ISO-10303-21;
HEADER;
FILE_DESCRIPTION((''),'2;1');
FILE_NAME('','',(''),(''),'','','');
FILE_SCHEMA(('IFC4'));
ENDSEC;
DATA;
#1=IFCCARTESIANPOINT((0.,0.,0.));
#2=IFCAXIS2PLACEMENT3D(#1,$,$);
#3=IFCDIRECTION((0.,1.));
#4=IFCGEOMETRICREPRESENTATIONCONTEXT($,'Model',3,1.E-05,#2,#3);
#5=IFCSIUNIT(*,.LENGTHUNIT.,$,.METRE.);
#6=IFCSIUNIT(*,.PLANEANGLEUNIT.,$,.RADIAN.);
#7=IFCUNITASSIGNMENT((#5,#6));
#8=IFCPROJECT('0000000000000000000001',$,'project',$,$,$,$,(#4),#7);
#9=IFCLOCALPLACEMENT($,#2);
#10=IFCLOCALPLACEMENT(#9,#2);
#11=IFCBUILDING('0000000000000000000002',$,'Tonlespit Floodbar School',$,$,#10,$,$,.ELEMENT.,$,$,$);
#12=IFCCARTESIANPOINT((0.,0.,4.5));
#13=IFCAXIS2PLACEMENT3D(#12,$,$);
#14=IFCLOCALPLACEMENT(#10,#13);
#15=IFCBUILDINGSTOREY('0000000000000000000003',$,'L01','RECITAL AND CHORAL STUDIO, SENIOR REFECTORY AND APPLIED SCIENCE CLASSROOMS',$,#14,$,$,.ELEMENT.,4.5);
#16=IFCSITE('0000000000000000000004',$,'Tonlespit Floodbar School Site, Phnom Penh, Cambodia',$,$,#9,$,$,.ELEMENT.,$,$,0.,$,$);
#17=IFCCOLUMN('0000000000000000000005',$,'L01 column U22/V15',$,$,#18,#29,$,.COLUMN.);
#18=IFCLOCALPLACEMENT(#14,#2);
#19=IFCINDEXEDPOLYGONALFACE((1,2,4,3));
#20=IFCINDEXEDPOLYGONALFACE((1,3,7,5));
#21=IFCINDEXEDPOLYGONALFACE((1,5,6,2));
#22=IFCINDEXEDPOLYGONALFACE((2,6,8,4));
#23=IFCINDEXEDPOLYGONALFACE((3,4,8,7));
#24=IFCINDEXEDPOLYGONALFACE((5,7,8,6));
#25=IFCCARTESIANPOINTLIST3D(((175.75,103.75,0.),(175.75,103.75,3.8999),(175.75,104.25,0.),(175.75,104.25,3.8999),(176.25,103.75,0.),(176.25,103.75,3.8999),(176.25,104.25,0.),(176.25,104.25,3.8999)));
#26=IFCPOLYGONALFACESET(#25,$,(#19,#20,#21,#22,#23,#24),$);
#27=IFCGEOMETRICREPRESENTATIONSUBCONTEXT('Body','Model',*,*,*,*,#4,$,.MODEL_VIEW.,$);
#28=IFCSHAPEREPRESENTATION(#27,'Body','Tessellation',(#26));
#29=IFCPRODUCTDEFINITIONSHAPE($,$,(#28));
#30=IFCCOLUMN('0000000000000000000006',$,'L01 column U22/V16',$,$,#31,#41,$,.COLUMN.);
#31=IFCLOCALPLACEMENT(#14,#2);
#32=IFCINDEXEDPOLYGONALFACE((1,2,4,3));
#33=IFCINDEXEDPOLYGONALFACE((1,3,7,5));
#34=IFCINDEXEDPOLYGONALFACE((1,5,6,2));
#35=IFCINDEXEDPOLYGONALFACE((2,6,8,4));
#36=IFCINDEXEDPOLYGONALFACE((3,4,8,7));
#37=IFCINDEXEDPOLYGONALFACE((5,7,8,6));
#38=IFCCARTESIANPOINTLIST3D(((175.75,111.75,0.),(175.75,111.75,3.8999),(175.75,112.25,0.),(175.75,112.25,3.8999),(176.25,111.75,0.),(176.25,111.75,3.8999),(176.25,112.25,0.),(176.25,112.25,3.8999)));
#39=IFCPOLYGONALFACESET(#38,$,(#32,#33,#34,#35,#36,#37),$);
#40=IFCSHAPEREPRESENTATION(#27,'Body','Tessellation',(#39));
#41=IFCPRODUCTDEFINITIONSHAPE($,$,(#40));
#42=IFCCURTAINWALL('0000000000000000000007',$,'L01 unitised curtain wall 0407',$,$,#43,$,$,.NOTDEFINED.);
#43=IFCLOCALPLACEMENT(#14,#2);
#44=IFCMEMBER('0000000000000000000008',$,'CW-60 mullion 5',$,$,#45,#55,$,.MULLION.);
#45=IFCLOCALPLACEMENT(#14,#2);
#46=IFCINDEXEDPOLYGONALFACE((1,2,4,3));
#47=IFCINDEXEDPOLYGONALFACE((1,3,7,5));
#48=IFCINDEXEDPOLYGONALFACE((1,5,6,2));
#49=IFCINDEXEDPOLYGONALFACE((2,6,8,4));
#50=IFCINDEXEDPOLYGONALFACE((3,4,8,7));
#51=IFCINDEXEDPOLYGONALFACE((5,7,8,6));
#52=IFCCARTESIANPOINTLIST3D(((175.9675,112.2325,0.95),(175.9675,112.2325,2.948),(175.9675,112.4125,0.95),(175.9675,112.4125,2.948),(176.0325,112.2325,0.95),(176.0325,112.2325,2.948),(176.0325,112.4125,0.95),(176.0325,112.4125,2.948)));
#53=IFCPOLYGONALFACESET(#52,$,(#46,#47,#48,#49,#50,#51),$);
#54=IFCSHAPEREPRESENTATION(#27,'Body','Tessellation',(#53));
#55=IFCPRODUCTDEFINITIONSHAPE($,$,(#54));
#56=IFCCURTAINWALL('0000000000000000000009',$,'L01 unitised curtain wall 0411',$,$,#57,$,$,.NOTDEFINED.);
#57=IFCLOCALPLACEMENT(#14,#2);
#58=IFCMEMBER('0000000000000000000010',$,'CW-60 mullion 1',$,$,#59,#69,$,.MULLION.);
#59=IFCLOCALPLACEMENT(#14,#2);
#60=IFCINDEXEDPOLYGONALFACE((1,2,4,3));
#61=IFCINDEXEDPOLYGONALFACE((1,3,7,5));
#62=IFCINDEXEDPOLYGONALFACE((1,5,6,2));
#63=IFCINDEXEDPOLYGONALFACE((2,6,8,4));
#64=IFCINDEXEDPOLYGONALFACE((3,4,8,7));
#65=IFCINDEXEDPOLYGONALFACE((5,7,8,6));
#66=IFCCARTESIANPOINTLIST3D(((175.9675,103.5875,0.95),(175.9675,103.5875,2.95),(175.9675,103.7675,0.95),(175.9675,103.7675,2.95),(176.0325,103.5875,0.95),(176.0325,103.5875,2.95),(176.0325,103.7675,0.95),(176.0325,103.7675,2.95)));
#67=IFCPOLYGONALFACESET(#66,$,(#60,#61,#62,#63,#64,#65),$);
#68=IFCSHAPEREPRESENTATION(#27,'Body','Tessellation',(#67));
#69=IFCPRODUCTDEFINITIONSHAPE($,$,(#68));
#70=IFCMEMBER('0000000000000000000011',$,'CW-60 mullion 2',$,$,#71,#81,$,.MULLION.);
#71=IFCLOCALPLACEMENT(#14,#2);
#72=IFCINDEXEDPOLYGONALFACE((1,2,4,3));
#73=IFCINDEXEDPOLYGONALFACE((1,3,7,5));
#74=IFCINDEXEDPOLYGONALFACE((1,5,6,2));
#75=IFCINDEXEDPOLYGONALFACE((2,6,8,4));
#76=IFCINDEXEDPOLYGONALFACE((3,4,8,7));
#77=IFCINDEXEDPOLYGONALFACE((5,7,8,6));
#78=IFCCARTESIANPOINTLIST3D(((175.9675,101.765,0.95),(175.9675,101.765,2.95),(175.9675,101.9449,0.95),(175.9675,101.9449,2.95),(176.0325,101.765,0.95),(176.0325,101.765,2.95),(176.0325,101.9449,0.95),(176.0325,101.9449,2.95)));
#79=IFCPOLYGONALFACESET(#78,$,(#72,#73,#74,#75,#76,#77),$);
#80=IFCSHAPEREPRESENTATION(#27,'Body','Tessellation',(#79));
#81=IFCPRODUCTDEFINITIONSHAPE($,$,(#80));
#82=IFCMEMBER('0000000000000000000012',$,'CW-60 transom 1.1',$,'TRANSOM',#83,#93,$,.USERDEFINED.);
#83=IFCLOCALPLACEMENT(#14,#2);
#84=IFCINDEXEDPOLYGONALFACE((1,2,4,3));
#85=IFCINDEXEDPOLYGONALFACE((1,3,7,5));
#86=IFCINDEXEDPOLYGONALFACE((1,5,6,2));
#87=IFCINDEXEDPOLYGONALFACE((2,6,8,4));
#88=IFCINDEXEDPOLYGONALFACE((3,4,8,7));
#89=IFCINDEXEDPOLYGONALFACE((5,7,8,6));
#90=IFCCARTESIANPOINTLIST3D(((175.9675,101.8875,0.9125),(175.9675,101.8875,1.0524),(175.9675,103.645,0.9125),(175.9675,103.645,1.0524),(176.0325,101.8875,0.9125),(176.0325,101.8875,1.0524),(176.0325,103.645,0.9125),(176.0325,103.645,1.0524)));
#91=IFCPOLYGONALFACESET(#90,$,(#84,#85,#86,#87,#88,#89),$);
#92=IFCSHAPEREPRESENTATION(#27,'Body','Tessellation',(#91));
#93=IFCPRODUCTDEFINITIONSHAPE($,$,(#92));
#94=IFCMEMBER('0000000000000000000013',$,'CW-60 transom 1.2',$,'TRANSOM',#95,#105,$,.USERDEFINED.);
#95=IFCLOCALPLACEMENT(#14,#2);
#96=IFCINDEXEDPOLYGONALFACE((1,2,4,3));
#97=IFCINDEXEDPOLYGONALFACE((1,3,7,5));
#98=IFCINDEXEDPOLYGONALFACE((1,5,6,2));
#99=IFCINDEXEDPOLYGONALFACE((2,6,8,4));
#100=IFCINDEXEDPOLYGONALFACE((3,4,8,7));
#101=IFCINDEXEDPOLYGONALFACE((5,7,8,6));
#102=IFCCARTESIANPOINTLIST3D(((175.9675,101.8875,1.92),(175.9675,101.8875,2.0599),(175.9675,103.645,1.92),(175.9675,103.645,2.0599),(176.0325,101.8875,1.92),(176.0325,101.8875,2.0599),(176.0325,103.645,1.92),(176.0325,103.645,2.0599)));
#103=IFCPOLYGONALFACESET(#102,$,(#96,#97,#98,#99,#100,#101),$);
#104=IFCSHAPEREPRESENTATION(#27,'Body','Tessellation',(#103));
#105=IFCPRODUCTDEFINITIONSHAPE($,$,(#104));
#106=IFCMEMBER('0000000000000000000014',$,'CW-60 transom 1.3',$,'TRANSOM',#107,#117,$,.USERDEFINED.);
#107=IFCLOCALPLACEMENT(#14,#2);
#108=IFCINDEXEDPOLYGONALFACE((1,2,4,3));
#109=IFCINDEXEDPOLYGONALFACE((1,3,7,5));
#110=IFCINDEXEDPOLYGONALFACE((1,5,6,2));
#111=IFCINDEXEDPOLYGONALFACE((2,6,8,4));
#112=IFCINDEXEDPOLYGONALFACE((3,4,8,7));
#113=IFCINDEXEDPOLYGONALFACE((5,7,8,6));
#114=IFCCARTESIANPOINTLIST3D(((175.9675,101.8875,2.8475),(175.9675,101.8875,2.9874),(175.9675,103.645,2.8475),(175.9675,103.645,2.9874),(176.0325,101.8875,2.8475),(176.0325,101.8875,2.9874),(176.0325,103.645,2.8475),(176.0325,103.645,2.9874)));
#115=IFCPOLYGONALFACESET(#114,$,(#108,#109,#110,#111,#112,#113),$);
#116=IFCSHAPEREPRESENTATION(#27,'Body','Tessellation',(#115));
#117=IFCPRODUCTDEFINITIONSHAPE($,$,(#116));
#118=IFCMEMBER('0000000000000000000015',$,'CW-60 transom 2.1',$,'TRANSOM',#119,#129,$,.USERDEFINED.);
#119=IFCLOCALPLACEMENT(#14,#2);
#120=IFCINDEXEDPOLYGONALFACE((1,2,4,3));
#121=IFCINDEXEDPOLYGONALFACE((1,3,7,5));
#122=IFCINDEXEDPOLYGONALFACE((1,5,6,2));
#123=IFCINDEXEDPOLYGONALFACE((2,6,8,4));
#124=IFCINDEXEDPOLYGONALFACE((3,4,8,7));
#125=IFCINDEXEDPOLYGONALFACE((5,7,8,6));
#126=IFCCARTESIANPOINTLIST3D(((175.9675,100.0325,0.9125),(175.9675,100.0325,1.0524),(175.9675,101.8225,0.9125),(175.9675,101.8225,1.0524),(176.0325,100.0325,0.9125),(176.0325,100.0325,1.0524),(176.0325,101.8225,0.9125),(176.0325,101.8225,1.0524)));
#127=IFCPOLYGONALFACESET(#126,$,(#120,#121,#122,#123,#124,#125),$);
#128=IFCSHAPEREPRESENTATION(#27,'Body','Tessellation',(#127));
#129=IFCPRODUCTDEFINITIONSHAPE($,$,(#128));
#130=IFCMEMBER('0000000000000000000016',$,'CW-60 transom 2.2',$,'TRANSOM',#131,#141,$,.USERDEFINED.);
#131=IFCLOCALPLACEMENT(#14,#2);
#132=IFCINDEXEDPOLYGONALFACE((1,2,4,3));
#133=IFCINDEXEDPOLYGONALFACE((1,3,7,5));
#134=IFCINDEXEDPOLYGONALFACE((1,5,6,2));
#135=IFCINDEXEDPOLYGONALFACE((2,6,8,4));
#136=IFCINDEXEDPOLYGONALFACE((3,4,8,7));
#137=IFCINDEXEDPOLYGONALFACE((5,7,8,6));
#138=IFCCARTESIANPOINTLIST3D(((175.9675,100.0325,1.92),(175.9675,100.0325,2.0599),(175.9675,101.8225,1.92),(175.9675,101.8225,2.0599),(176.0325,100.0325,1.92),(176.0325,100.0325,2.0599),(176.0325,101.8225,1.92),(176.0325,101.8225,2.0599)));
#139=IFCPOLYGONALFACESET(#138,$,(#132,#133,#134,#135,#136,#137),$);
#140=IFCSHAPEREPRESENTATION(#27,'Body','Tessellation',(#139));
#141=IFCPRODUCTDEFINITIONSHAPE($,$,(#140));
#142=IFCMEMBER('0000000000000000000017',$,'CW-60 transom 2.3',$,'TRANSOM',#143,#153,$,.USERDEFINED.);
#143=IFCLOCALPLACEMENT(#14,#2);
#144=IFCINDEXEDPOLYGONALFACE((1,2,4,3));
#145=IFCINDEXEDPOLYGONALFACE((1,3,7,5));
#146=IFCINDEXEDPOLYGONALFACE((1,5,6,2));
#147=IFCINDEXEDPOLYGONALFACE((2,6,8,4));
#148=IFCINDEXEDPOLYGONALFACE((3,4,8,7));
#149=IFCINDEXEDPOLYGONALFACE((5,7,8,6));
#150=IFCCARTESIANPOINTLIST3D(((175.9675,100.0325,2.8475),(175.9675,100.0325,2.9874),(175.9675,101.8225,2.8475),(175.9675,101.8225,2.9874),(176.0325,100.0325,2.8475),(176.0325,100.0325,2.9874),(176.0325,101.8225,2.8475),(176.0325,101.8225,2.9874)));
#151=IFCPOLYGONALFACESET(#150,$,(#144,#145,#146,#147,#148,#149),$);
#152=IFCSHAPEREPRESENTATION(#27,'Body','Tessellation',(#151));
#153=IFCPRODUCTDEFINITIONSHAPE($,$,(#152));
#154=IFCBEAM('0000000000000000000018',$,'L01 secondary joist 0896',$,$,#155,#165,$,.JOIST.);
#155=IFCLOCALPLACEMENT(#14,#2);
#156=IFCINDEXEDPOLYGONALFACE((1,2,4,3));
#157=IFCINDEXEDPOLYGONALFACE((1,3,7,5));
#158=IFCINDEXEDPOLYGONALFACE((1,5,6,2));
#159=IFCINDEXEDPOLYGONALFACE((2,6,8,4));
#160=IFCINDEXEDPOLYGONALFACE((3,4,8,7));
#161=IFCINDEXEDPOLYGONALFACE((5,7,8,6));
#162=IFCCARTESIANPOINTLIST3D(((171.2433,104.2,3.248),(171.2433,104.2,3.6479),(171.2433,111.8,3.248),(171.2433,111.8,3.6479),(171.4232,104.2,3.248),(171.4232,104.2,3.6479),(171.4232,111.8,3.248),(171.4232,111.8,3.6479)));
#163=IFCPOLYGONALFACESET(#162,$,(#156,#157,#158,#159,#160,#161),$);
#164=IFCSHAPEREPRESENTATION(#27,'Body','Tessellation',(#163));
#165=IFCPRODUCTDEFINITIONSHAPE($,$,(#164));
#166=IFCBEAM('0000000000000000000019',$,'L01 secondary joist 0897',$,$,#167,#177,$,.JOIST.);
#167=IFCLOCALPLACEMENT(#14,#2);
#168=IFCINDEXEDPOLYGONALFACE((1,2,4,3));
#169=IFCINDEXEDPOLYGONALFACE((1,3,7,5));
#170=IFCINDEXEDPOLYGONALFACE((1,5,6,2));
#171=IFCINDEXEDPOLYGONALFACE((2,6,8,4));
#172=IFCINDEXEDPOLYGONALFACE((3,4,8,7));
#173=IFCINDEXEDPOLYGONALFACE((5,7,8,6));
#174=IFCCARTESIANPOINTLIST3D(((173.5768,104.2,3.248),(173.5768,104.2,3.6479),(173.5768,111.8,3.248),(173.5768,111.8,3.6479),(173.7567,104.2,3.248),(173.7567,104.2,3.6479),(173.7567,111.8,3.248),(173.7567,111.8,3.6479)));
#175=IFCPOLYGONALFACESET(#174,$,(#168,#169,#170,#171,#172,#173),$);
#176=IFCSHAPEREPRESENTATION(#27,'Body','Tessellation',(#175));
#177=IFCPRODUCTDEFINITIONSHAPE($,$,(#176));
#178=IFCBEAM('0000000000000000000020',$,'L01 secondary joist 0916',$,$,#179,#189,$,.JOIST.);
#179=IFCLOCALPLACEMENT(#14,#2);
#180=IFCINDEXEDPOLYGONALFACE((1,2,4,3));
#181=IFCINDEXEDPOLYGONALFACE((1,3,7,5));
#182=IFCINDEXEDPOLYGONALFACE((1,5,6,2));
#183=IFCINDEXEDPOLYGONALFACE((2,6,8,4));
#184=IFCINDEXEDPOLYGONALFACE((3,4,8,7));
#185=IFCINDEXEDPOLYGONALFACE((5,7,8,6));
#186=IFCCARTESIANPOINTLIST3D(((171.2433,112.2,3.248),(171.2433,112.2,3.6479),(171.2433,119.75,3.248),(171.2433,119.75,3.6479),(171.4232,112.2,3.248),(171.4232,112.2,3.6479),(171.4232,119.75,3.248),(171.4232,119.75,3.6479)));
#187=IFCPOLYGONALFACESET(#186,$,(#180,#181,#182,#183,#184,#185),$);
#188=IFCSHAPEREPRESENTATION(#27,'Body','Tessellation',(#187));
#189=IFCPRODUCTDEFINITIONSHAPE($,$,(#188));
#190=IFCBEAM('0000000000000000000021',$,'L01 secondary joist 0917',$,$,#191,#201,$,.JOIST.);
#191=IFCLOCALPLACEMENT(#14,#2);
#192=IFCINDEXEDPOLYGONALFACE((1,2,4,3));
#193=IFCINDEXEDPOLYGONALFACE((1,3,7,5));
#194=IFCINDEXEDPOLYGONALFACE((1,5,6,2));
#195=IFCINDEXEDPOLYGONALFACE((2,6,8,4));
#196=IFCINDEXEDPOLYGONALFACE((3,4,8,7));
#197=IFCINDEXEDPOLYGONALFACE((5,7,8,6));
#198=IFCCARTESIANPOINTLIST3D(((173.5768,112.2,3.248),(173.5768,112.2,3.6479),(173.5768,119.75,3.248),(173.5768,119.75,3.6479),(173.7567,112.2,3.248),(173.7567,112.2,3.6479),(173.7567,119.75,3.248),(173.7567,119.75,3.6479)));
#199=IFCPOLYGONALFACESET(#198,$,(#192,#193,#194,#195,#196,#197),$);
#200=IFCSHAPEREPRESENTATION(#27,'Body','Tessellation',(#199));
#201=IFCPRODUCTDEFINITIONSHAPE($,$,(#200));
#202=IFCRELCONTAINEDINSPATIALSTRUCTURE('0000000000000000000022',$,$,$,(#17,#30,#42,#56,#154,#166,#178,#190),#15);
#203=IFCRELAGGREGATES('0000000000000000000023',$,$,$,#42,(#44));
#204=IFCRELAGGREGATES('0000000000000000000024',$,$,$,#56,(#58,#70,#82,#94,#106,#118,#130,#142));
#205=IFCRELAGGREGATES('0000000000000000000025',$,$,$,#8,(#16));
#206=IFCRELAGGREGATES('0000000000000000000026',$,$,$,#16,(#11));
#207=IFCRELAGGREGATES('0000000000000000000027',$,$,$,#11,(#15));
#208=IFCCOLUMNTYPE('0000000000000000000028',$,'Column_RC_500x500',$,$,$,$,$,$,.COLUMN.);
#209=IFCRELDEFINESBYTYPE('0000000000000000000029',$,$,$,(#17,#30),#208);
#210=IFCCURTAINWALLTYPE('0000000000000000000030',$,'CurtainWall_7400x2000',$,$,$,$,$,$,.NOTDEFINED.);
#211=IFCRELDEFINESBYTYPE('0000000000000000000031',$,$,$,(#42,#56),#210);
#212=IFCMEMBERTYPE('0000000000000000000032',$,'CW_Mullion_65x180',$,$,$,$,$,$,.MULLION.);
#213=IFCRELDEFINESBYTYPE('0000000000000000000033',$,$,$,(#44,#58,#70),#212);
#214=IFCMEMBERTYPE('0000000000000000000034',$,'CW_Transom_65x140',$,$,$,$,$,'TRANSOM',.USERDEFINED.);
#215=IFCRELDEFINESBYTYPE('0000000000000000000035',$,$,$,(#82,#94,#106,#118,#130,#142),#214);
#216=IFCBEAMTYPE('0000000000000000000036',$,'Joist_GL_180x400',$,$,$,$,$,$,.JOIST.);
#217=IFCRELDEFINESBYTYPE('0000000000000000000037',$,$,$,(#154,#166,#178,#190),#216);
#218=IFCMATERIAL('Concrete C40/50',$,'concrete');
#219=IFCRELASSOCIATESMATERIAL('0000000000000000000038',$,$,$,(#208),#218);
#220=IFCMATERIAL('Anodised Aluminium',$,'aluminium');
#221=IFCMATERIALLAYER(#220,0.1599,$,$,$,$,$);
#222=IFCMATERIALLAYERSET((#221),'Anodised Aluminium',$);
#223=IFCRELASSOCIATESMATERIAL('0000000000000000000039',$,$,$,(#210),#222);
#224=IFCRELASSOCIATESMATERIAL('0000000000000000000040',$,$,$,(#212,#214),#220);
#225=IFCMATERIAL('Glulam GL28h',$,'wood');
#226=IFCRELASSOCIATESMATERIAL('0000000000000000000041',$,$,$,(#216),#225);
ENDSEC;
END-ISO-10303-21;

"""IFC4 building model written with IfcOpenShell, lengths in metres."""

from ifc_helpers import new_model, si_unit, direction, frame, origin, origin_2d, place, context, subcontext, project, spatial, rectangle, extrude, material, layer, layer_set, material_profile, profile_set, type_object, element, aggregate, save


model = new_model("IFC4")

# Units and contexts
model_context = context("Model", 3, precision=1e-05, world=origin(), true_north=direction((0.0, 1.0)))
body_context = subcontext(model_context, "Body", "Model", "MODEL_VIEW")
ifc_project = project(units=[si_unit("LENGTHUNIT", "METRE"), si_unit("PLANEANGLEUNIT", "RADIAN")], contexts=[model_context])

# Site, building, storey
site_placement = place(None, origin())
site = spatial("IfcSite", under=ifc_project, at=site_placement, Name="Tonlespit Floodbar School Site, Phnom Penh, Cambodia", CompositionType="ELEMENT", RefElevation=0.0)
building_placement = place(site_placement, origin())
building = spatial("IfcBuilding", under=site, at=building_placement, Name="Tonlespit Floodbar School", CompositionType="ELEMENT")
storey_placement = place(building_placement, frame((0.0, 0.0, 4.5)))
storey = spatial("IfcBuildingStorey", under=building, at=storey_placement, Name="L01", Description="RECITAL AND CHORAL STUDIO, SENIOR REFECTORY AND APPLIED SCIENCE CLASSROOMS", CompositionType="ELEMENT", Elevation=4.5)

# Columns
ifc_material_1 = material(Name="Concrete C40/50", Category="concrete")
ifc_material_profile_1 = material_profile(ifc_material_1, rectangle(XDim=0.5, YDim=0.5, at=origin_2d()), Name="RC 500x500")
ifc_profile_set_1 = profile_set([ifc_material_profile_1], Name="Concrete C40/50")
column_type = type_object("IfcColumnType", Name="Column_RC_500x500", PredefinedType="COLUMN", material=ifc_profile_set_1)
for number, where, z_axis, x_axis, name in (
    (1, (176.0, 104.0, 0.0), (0.0, 0.0, 1.0), (1.0, 0.0, 0.0), "L01 column U22/V15"),
    (2, (176.0, 112.0, 0.0), (0.0, 0.0, 1.0), (1.0, 0.0, 0.0), "L01 column U22/V16"),
):
    element("IfcColumn", number, at=place(storey_placement, frame(where, z_axis=z_axis, x_axis=x_axis)), inside=storey, type_object=column_type, Name=name, PredefinedType="COLUMN", context=body_context, shape_type="SweptSolid", body=[
        extrude(rectangle(XDim=0.5, YDim=0.5, at=origin_2d()), origin(), (0.0, 0.0, 1.0), 3.8999),
    ])

# Curtain wall, member
ifc_material_2 = material(Name="Anodised Aluminium", Category="aluminium")
ifc_layer_1 = layer(ifc_material_2, 0.1599)
ifc_layer_set_1 = layer_set([ifc_layer_1], Name="Anodised Aluminium")
curtain_wall_type = type_object("IfcCurtainWallType", Name="CurtainWall_7400x2000", PredefinedType="NOTDEFINED", material=ifc_layer_set_1)
curtain_wall_1_placement = place(storey_placement, origin())
curtain_wall_1 = element("IfcCurtainWall", 3, at=curtain_wall_1_placement, inside=storey, type_object=curtain_wall_type, Name="L01 unitised curtain wall 0407", PredefinedType="NOTDEFINED")
ifc_material_profile_2 = material_profile(ifc_material_2, rectangle(XDim=0.0649, YDim=0.1799, at=origin_2d()), Name="ALU M65x180")
ifc_profile_set_2 = profile_set([ifc_material_profile_2], Name="Anodised Aluminium")
member_type_1 = type_object("IfcMemberType", Name="CW_Mullion_65x180", PredefinedType="MULLION", material=ifc_profile_set_2)
member_1_placement = place(storey_placement, frame((176.0, 112.3225, 0.95), z_axis=(0.0, 0.0, 1.0), x_axis=(1.0, 0.0, 0.0)))
member_1 = element("IfcMember", 4, at=member_1_placement, type_object=member_type_1, Name="CW-60 mullion 5", PredefinedType="MULLION", context=body_context, shape_type="SweptSolid", body=[
    extrude(rectangle(XDim=0.0649, YDim=0.1799, at=origin_2d()), origin(), (0.0, 0.0, 1.0), 1.998),
])
aggregate(curtain_wall_1, [member_1])

# Curtain wall, members
curtain_wall_2_placement = place(storey_placement, origin())
curtain_wall_2 = element("IfcCurtainWall", 5, at=curtain_wall_2_placement, inside=storey, type_object=curtain_wall_type, Name="L01 unitised curtain wall 0411", PredefinedType="NOTDEFINED")
member_2_placement = place(storey_placement, frame((176.0, 103.6775, 0.95), z_axis=(0.0, 0.0, 1.0), x_axis=(1.0, 0.0, 0.0)))
member_2 = element("IfcMember", 6, at=member_2_placement, type_object=member_type_1, Name="CW-60 mullion 1", PredefinedType="MULLION", context=body_context, shape_type="SweptSolid", body=[
    extrude(rectangle(XDim=0.0649, YDim=0.1799, at=origin_2d()), origin(), (0.0, 0.0, 1.0), 2.0),
])
member_3_placement = place(storey_placement, frame((176.0, 101.855, 0.95), z_axis=(0.0, 0.0, 1.0), x_axis=(1.0, 0.0, 0.0)))
member_3 = element("IfcMember", 7, at=member_3_placement, type_object=member_type_1, Name="CW-60 mullion 2", PredefinedType="MULLION", context=body_context, shape_type="SweptSolid", body=[
    extrude(rectangle(XDim=0.0649, YDim=0.1799, at=origin_2d()), origin(), (0.0, 0.0, 1.0), 2.0),
])
ifc_material_profile_3 = material_profile(ifc_material_2, rectangle(XDim=0.0649, YDim=0.1399, at=origin_2d()), Name="ALU T65x140")
ifc_profile_set_3 = profile_set([ifc_material_profile_3], Name="Anodised Aluminium")
member_type_2 = type_object("IfcMemberType", Name="CW_Transom_65x140", ElementType="TRANSOM", PredefinedType="USERDEFINED", material=ifc_profile_set_3)
member_4_placement = place(storey_placement, frame((176.0, 103.645, 0.9824), z_axis=(0.0, -1.0, 0.0), x_axis=(1.0, 0.0, 0.0)))
member_4 = element("IfcMember", 8, at=member_4_placement, type_object=member_type_2, Name="CW-60 transom 1.1", ObjectType="TRANSOM", PredefinedType="USERDEFINED", context=body_context, shape_type="SweptSolid", body=[
    extrude(rectangle(XDim=0.0649, YDim=0.1399, at=origin_2d()), origin(), (0.0, 0.0, 1.0), 1.7576),
])
member_5_placement = place(storey_placement, frame((176.0, 103.645, 1.99), z_axis=(0.0, -1.0, 0.0), x_axis=(1.0, 0.0, 0.0)))
member_5 = element("IfcMember", 9, at=member_5_placement, type_object=member_type_2, Name="CW-60 transom 1.2", ObjectType="TRANSOM", PredefinedType="USERDEFINED", context=body_context, shape_type="SweptSolid", body=[
    extrude(rectangle(XDim=0.0649, YDim=0.1399, at=origin_2d()), origin(), (0.0, 0.0, 1.0), 1.7576),
])
member_6_placement = place(storey_placement, frame((176.0, 103.645, 2.9175), z_axis=(0.0, -1.0, 0.0), x_axis=(1.0, 0.0, 0.0)))
member_6 = element("IfcMember", 10, at=member_6_placement, type_object=member_type_2, Name="CW-60 transom 1.3", ObjectType="TRANSOM", PredefinedType="USERDEFINED", context=body_context, shape_type="SweptSolid", body=[
    extrude(rectangle(XDim=0.0649, YDim=0.1399, at=origin_2d()), origin(), (0.0, 0.0, 1.0), 1.7576),
])
member_7_placement = place(storey_placement, frame((176.0, 101.8225, 0.9824), z_axis=(0.0, -1.0, 0.0), x_axis=(1.0, 0.0, 0.0)))
member_7 = element("IfcMember", 11, at=member_7_placement, type_object=member_type_2, Name="CW-60 transom 2.1", ObjectType="TRANSOM", PredefinedType="USERDEFINED", context=body_context, shape_type="SweptSolid", body=[
    extrude(rectangle(XDim=0.0649, YDim=0.1399, at=origin_2d()), origin(), (0.0, 0.0, 1.0), 1.79),
])
member_8_placement = place(storey_placement, frame((176.0, 101.8225, 1.99), z_axis=(0.0, -1.0, 0.0), x_axis=(1.0, 0.0, 0.0)))
member_8 = element("IfcMember", 12, at=member_8_placement, type_object=member_type_2, Name="CW-60 transom 2.2", ObjectType="TRANSOM", PredefinedType="USERDEFINED", context=body_context, shape_type="SweptSolid", body=[
    extrude(rectangle(XDim=0.0649, YDim=0.1399, at=origin_2d()), origin(), (0.0, 0.0, 1.0), 1.79),
])
member_9_placement = place(storey_placement, frame((176.0, 101.8225, 2.9175), z_axis=(0.0, -1.0, 0.0), x_axis=(1.0, 0.0, 0.0)))
member_9 = element("IfcMember", 13, at=member_9_placement, type_object=member_type_2, Name="CW-60 transom 2.3", ObjectType="TRANSOM", PredefinedType="USERDEFINED", context=body_context, shape_type="SweptSolid", body=[
    extrude(rectangle(XDim=0.0649, YDim=0.1399, at=origin_2d()), origin(), (0.0, 0.0, 1.0), 1.79),
])

# Beams
ifc_material_3 = material(Name="Glulam GL28h", Category="wood")
ifc_material_profile_4 = material_profile(ifc_material_3, rectangle(XDim=0.1799, YDim=0.3999, at=origin_2d()), Name="GL 180x400")
ifc_profile_set_4 = profile_set([ifc_material_profile_4], Name="Glulam GL28h")
beam_type_1 = type_object("IfcBeamType", Name="Joist_GL_180x400", PredefinedType="JOIST", material=ifc_profile_set_4)
for number, where, z_axis, x_axis, name in (
    (14, (171.3333, 104.2, 3.448), (0.0, 1.0, 0.0), (-1.0, 0.0, 0.0), "L01 secondary joist 0896"),
    (15, (173.6667, 104.2, 3.448), (0.0, 1.0, 0.0), (-1.0, 0.0, 0.0), "L01 secondary joist 0897"),
):
    element("IfcBeam", number, at=place(storey_placement, frame(where, z_axis=z_axis, x_axis=x_axis)), inside=storey, type_object=beam_type_1, Name=name, PredefinedType="JOIST", context=body_context, shape_type="SweptSolid", body=[
        extrude(rectangle(XDim=0.1799, YDim=0.3999, at=origin_2d()), origin(), (0.0, 0.0, 1.0), 7.6001),
    ])
for number, where, z_axis, x_axis, name in (
    (16, (171.3333, 112.2, 3.448), (0.0, 1.0, 0.0), (-1.0, 0.0, 0.0), "L01 secondary joist 0916"),
    (17, (173.6667, 112.2, 3.448), (0.0, 1.0, 0.0), (-1.0, 0.0, 0.0), "L01 secondary joist 0917"),
):
    element("IfcBeam", number, at=place(storey_placement, frame(where, z_axis=z_axis, x_axis=x_axis)), inside=storey, type_object=beam_type_1, Name=name, PredefinedType="JOIST", context=body_context, shape_type="SweptSolid", body=[
        extrude(rectangle(XDim=0.1799, YDim=0.3999, at=origin_2d()), origin(), (0.0, 0.0, 1.0), 7.55),
    ])

aggregate(curtain_wall_2, [member_2, member_3, member_4, member_5, member_6, member_7, member_8, member_9])

save(model, "model.ifc")
